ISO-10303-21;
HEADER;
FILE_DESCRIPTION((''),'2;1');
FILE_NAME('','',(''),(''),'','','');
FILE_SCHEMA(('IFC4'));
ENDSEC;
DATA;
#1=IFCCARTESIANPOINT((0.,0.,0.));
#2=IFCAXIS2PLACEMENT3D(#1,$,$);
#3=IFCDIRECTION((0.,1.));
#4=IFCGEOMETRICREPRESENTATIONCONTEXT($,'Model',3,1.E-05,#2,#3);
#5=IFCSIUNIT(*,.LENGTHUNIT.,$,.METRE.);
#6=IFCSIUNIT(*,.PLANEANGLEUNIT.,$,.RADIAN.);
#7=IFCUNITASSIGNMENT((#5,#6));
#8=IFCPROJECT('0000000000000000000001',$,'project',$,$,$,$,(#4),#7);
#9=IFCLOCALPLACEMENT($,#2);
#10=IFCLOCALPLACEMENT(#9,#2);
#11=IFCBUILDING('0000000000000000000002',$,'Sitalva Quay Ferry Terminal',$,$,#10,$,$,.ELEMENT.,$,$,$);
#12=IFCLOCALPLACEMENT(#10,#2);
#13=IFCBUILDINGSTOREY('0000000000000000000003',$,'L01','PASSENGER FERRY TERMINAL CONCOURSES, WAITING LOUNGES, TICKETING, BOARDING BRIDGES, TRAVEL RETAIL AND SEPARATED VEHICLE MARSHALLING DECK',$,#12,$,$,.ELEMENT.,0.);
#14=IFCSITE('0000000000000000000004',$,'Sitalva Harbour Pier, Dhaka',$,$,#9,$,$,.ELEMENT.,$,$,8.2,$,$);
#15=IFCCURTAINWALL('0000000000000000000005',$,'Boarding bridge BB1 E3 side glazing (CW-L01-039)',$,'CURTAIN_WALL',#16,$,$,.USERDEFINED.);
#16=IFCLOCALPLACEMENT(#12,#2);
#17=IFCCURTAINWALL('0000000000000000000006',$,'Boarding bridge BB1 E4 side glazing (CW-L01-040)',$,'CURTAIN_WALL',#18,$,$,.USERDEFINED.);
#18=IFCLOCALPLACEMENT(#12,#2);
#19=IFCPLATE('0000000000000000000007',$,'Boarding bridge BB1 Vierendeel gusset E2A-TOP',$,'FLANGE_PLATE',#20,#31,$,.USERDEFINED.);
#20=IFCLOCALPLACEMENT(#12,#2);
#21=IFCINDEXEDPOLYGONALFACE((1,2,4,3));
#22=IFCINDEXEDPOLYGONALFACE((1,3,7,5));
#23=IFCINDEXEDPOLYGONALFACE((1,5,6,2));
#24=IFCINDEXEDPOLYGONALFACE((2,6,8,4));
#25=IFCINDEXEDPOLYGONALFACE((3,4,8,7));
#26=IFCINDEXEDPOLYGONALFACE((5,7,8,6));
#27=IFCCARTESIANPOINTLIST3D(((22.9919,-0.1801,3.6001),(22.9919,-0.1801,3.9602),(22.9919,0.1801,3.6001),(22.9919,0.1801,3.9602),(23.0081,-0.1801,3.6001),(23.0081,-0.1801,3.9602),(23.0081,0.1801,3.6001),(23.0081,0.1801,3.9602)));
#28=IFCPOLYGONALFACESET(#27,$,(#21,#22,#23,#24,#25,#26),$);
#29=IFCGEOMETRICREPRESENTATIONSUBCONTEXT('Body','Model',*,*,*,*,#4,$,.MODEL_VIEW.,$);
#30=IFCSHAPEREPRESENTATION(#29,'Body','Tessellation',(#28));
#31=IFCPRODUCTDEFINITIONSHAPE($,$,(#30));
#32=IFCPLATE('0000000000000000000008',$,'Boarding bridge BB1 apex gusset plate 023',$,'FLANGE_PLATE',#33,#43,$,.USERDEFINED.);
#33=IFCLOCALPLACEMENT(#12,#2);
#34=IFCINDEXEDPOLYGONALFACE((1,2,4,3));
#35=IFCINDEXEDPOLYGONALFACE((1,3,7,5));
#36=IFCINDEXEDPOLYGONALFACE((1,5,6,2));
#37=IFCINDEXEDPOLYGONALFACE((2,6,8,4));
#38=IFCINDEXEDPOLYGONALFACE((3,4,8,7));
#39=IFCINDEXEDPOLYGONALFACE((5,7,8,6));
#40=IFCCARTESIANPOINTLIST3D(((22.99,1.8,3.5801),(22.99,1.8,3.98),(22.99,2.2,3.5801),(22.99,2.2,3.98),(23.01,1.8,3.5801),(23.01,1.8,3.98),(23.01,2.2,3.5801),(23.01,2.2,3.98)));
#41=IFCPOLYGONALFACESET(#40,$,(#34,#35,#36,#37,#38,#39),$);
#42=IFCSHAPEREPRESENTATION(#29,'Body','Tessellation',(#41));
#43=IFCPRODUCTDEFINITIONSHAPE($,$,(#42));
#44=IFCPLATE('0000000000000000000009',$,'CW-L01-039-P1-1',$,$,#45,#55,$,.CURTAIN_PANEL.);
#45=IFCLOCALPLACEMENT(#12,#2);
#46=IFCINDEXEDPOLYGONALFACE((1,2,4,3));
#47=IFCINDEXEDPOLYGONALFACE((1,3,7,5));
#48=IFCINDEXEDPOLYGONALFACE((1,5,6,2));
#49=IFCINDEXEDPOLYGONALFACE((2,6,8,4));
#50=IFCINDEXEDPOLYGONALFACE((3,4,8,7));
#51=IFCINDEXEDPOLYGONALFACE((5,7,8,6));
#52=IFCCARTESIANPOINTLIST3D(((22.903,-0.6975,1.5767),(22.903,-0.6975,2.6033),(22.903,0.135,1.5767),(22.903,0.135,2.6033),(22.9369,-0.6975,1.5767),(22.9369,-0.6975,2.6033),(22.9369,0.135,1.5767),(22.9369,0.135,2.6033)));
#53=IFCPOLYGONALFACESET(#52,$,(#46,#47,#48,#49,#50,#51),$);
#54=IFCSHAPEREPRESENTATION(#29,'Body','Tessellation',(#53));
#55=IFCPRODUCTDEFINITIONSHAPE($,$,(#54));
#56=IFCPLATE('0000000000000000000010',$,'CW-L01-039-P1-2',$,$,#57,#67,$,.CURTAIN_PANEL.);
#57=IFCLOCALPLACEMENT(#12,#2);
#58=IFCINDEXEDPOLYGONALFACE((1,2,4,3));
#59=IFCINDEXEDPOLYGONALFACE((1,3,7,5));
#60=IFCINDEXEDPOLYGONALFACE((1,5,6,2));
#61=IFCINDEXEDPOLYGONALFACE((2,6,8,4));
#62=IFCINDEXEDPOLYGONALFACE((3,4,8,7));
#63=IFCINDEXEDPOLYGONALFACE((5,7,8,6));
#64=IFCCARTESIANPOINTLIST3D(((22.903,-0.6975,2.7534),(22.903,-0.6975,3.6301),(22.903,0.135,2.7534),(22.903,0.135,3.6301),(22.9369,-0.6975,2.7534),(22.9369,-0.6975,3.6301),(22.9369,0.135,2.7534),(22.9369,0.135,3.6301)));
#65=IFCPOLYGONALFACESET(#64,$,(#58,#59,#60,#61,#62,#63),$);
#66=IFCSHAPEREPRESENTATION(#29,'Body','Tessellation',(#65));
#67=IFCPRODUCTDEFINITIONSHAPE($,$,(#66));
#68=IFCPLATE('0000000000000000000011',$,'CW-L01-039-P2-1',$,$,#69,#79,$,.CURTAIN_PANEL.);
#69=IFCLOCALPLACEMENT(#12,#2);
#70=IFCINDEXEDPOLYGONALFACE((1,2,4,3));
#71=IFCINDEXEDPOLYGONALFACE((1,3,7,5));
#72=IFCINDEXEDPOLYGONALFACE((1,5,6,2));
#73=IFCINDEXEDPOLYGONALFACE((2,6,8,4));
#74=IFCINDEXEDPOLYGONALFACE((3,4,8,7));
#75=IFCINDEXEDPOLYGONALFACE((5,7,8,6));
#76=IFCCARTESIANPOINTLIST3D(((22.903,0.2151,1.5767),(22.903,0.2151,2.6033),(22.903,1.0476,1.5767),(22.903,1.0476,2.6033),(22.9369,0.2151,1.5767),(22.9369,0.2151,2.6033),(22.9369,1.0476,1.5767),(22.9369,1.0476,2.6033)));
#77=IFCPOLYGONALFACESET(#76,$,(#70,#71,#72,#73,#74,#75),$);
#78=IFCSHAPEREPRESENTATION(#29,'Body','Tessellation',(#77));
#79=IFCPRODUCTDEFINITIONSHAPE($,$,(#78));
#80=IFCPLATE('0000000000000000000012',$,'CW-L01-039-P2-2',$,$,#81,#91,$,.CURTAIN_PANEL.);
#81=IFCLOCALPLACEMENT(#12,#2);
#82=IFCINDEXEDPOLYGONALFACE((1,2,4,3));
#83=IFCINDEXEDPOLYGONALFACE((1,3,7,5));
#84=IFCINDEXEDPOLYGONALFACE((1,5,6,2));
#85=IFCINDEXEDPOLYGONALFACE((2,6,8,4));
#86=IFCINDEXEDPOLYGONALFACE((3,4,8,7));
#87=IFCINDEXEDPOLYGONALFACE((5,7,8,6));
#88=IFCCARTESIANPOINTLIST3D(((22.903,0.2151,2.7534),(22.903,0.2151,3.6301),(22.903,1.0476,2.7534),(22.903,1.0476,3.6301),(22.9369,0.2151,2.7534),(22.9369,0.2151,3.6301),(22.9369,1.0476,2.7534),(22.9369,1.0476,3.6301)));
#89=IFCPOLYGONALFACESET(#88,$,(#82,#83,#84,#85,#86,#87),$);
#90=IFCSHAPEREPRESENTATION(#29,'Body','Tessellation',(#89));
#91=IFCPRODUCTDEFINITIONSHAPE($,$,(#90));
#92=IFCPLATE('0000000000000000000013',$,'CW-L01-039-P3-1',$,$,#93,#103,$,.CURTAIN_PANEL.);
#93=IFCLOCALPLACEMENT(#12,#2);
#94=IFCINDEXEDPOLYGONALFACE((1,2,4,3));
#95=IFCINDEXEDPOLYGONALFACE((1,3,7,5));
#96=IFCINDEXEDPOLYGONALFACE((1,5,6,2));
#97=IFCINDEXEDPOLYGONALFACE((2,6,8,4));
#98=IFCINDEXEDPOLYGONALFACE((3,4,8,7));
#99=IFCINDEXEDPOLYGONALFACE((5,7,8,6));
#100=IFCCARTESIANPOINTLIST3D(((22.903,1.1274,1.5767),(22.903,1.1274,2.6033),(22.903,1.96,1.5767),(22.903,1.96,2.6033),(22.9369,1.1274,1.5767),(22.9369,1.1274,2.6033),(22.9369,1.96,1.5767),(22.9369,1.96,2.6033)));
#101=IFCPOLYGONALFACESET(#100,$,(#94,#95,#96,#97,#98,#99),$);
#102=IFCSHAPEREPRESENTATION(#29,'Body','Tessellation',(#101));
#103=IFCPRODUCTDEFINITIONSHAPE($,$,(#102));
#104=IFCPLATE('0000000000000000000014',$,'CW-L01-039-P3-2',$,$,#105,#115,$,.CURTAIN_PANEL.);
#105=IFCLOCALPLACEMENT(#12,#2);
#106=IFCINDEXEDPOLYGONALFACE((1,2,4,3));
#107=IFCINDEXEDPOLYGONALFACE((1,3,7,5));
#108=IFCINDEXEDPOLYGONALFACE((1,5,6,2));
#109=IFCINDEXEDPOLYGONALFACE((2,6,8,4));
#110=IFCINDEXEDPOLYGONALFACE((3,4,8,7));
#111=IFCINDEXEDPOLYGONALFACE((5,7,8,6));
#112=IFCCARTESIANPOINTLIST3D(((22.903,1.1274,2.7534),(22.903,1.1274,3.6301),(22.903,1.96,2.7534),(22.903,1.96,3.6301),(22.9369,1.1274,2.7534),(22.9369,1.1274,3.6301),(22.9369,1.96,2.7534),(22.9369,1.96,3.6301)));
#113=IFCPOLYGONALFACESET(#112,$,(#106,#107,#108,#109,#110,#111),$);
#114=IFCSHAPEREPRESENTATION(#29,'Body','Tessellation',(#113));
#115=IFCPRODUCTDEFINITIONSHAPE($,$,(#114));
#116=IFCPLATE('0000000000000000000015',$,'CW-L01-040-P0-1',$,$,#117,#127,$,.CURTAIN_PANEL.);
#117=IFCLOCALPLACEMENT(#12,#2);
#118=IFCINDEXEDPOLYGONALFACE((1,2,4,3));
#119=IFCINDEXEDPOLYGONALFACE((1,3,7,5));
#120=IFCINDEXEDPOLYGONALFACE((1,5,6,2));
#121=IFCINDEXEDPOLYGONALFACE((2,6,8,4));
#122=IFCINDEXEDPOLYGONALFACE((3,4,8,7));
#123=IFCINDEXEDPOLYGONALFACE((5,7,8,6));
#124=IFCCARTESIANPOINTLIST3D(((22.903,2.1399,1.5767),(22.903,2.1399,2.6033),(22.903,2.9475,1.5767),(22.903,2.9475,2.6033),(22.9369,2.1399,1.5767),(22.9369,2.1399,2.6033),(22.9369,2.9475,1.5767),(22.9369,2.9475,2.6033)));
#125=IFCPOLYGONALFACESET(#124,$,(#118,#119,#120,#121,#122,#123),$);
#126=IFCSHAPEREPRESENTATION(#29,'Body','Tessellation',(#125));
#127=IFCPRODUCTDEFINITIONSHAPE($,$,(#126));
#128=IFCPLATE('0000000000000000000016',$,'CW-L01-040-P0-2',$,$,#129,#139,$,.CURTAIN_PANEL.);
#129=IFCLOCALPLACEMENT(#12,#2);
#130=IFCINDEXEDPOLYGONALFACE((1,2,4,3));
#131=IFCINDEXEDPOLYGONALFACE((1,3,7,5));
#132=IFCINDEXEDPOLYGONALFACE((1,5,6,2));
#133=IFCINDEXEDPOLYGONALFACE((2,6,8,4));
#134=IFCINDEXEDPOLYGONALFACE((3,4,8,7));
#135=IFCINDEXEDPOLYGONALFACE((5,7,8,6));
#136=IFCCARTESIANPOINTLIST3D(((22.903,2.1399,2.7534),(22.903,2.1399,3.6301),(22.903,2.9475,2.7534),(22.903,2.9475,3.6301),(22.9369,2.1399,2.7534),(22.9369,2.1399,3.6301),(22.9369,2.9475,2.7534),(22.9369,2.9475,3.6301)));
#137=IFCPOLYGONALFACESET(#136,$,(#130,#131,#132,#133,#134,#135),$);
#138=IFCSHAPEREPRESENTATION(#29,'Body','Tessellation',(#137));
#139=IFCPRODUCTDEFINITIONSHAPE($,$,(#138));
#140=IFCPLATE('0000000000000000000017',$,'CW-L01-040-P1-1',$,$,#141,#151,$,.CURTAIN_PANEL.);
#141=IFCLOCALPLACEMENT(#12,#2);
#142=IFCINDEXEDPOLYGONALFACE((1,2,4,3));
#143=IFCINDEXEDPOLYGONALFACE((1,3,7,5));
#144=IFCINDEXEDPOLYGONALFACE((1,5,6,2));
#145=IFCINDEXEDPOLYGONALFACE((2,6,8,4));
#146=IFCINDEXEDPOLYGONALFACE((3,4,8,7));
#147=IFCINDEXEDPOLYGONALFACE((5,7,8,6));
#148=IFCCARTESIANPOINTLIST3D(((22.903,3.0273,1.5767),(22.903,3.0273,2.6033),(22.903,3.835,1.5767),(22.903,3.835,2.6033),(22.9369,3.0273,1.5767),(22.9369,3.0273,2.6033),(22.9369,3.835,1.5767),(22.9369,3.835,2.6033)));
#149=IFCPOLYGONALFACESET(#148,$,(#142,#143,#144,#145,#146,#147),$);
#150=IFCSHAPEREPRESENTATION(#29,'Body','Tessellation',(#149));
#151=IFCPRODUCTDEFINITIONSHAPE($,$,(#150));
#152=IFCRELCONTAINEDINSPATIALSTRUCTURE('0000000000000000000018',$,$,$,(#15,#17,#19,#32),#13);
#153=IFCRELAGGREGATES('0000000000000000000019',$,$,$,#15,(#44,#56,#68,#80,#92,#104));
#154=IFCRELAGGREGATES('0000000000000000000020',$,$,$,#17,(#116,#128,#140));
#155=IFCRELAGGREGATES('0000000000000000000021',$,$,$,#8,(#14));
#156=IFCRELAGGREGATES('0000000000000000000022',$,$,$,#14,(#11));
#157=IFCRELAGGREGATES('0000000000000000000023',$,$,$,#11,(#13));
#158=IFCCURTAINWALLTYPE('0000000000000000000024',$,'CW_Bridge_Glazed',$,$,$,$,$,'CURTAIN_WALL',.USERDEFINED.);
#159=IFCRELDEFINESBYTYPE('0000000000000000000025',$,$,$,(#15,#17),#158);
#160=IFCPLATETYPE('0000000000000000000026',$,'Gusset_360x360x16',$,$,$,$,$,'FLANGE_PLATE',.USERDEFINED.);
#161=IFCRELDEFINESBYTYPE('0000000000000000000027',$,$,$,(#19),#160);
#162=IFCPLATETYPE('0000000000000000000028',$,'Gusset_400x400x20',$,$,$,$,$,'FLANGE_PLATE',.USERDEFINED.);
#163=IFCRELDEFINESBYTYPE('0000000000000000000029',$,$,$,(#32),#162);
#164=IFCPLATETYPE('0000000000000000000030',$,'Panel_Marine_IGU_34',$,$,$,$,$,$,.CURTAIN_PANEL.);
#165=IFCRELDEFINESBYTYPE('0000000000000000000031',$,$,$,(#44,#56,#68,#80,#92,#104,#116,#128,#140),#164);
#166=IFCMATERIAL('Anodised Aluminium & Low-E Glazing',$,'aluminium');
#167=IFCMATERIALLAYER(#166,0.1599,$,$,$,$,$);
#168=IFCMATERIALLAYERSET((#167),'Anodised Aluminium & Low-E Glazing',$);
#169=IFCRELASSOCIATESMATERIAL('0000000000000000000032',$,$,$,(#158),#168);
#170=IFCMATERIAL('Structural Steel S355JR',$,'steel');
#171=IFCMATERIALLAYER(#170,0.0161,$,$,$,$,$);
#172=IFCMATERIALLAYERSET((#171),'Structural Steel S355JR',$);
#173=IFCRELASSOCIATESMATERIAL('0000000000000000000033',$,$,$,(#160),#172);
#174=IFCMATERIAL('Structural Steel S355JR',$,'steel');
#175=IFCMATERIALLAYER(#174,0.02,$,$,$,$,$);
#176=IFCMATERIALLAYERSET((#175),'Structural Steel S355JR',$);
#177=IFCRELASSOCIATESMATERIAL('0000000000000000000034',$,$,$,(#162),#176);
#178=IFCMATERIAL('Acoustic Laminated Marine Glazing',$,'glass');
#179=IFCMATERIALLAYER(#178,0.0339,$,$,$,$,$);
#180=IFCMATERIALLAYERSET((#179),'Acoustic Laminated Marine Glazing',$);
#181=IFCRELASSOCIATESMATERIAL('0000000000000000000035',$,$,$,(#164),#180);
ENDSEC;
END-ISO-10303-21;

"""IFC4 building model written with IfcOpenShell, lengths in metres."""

from ifc_helpers import new_model, si_unit, direction, frame, origin, origin_2d, place, context, subcontext, project, spatial, rectangle, extrude, material, layer, layer_set, type_object, element, aggregate, save


model = new_model("IFC4")

# Units and contexts
model_context = context("Model", 3, precision=1e-05, world=origin(), true_north=direction((0.0, 1.0)))
body_context = subcontext(model_context, "Body", "Model", "MODEL_VIEW")
ifc_project = project(units=[si_unit("LENGTHUNIT", "METRE"), si_unit("PLANEANGLEUNIT", "RADIAN")], contexts=[model_context])

# Site, building, storey
site_placement = place(None, origin())
site = spatial("IfcSite", under=ifc_project, at=site_placement, Name="Sitalva Harbour Pier, Dhaka", CompositionType="ELEMENT", RefElevation=8.2)
building_placement = place(site_placement, origin())
building = spatial("IfcBuilding", under=site, at=building_placement, Name="Sitalva Quay Ferry Terminal", CompositionType="ELEMENT")
storey_placement = place(building_placement, origin())
storey = spatial("IfcBuildingStorey", under=building, at=storey_placement, Name="L01", Description="PASSENGER FERRY TERMINAL CONCOURSES, WAITING LOUNGES, TICKETING, BOARDING BRIDGES, TRAVEL RETAIL AND SEPARATED VEHICLE MARSHALLING DECK", CompositionType="ELEMENT", Elevation=0.0)

# Curtain walls
ifc_material_1 = material(Name="Anodised Aluminium & Low-E Glazing", Category="aluminium")
ifc_layer_1 = layer(ifc_material_1, 0.1599)
ifc_layer_set_1 = layer_set([ifc_layer_1], Name="Anodised Aluminium & Low-E Glazing")
curtain_wall_type = type_object("IfcCurtainWallType", Name="CW_Bridge_Glazed", ElementType="CURTAIN_WALL", PredefinedType="USERDEFINED", material=ifc_layer_set_1)
curtain_wall_1_placement = place(storey_placement, origin())
curtain_wall_1 = element("IfcCurtainWall", 1, at=curtain_wall_1_placement, inside=storey, type_object=curtain_wall_type, Name="Boarding bridge BB1 E3 side glazing (CW-L01-039)", ObjectType="CURTAIN_WALL", PredefinedType="USERDEFINED")
curtain_wall_2_placement = place(storey_placement, origin())
curtain_wall_2 = element("IfcCurtainWall", 2, at=curtain_wall_2_placement, inside=storey, type_object=curtain_wall_type, Name="Boarding bridge BB1 E4 side glazing (CW-L01-040)", ObjectType="CURTAIN_WALL", PredefinedType="USERDEFINED")

# Plates
ifc_material_2 = material(Name="Structural Steel S355JR", Category="steel")
ifc_layer_2 = layer(ifc_material_2, 0.0161)
ifc_layer_set_2 = layer_set([ifc_layer_2], Name="Structural Steel S355JR")
plate_type_1 = type_object("IfcPlateType", Name="Gusset_360x360x16", ElementType="FLANGE_PLATE", PredefinedType="USERDEFINED", material=ifc_layer_set_2)
plate_1_placement = place(storey_placement, frame((23.0, 0.0, 3.6001), z_axis=(0.0, 0.0, 1.0), x_axis=(1.0, 0.0, 0.0)))
element("IfcPlate", 3, at=plate_1_placement, inside=storey, type_object=plate_type_1, Name="Boarding bridge BB1 Vierendeel gusset E2A-TOP", ObjectType="FLANGE_PLATE", PredefinedType="USERDEFINED", context=body_context, shape_type="SweptSolid", body=[
    extrude(rectangle(XDim=0.0161, YDim=0.3601, at=origin_2d()), origin(), (0.0, 0.0, 1.0), 0.3601),
])
ifc_material_3 = material(Name="Structural Steel S355JR", Category="steel")
ifc_layer_3 = layer(ifc_material_3, 0.02)
ifc_layer_set_3 = layer_set([ifc_layer_3], Name="Structural Steel S355JR")
plate_type_2 = type_object("IfcPlateType", Name="Gusset_400x400x20", ElementType="FLANGE_PLATE", PredefinedType="USERDEFINED", material=ifc_layer_set_3)
plate_2_placement = place(storey_placement, frame((23.0, 2.0, 3.5801), z_axis=(0.0, 0.0, 1.0), x_axis=(1.0, 0.0, 0.0)))
element("IfcPlate", 4, at=plate_2_placement, inside=storey, type_object=plate_type_2, Name="Boarding bridge BB1 apex gusset plate 023", ObjectType="FLANGE_PLATE", PredefinedType="USERDEFINED", context=body_context, shape_type="SweptSolid", body=[
    extrude(rectangle(XDim=0.02, YDim=0.3999, at=origin_2d()), origin(), (0.0, 0.0, 1.0), 0.3999),
])

# Plates
ifc_material_4 = material(Name="Acoustic Laminated Marine Glazing", Category="glass")
ifc_layer_4 = layer(ifc_material_4, 0.0339)
ifc_layer_set_4 = layer_set([ifc_layer_4], Name="Acoustic Laminated Marine Glazing")
plate_type_3 = type_object("IfcPlateType", Name="Panel_Marine_IGU_34", PredefinedType="CURTAIN_PANEL", material=ifc_layer_set_4)
plate_3_placement = place(storey_placement, frame((22.9199, -0.2812, 1.5767), z_axis=(0.0, 0.0, 1.0), x_axis=(0.0, 1.0, 0.0)))
plate_3 = element("IfcPlate", 5, at=plate_3_placement, type_object=plate_type_3, Name="CW-L01-039-P1-1", PredefinedType="CURTAIN_PANEL", context=body_context, shape_type="SweptSolid", body=[
    extrude(rectangle(XDim=0.8325, YDim=0.0339, at=origin_2d()), origin(), (0.0, 0.0, 1.0), 1.0266),
])
plate_4_placement = place(storey_placement, frame((22.9199, -0.2812, 2.7534), z_axis=(0.0, 0.0, 1.0), x_axis=(0.0, 1.0, 0.0)))
plate_4 = element("IfcPlate", 6, at=plate_4_placement, type_object=plate_type_3, Name="CW-L01-039-P1-2", PredefinedType="CURTAIN_PANEL", context=body_context, shape_type="SweptSolid", body=[
    extrude(rectangle(XDim=0.8325, YDim=0.0339, at=origin_2d()), origin(), (0.0, 0.0, 1.0), 0.8767),
])
plate_5_placement = place(storey_placement, frame((22.9199, 0.6313, 1.5767), z_axis=(0.0, 0.0, 1.0), x_axis=(0.0, 1.0, 0.0)))
plate_5 = element("IfcPlate", 7, at=plate_5_placement, type_object=plate_type_3, Name="CW-L01-039-P2-1", PredefinedType="CURTAIN_PANEL", context=body_context, shape_type="SweptSolid", body=[
    extrude(rectangle(XDim=0.8325, YDim=0.0339, at=origin_2d()), origin(), (0.0, 0.0, 1.0), 1.0266),
])
plate_6_placement = place(storey_placement, frame((22.9199, 0.6313, 2.7534), z_axis=(0.0, 0.0, 1.0), x_axis=(0.0, 1.0, 0.0)))
plate_6 = element("IfcPlate", 8, at=plate_6_placement, type_object=plate_type_3, Name="CW-L01-039-P2-2", PredefinedType="CURTAIN_PANEL", context=body_context, shape_type="SweptSolid", body=[
    extrude(rectangle(XDim=0.8325, YDim=0.0339, at=origin_2d()), origin(), (0.0, 0.0, 1.0), 0.8767),
])
plate_7_placement = place(storey_placement, frame((22.9199, 1.5437, 1.5767), z_axis=(0.0, 0.0, 1.0), x_axis=(0.0, 1.0, 0.0)))
plate_7 = element("IfcPlate", 9, at=plate_7_placement, type_object=plate_type_3, Name="CW-L01-039-P3-1", PredefinedType="CURTAIN_PANEL", context=body_context, shape_type="SweptSolid", body=[
    extrude(rectangle(XDim=0.8325, YDim=0.0339, at=origin_2d()), origin(), (0.0, 0.0, 1.0), 1.0266),
])
plate_8_placement = place(storey_placement, frame((22.9199, 1.5437, 2.7534), z_axis=(0.0, 0.0, 1.0), x_axis=(0.0, 1.0, 0.0)))
plate_8 = element("IfcPlate", 10, at=plate_8_placement, type_object=plate_type_3, Name="CW-L01-039-P3-2", PredefinedType="CURTAIN_PANEL", context=body_context, shape_type="SweptSolid", body=[
    extrude(rectangle(XDim=0.8325, YDim=0.0339, at=origin_2d()), origin(), (0.0, 0.0, 1.0), 0.8767),
])
aggregate(curtain_wall_1, [plate_3, plate_4, plate_5, plate_6, plate_7, plate_8])
plate_9_placement = place(storey_placement, frame((22.9199, 2.5437, 1.5767), z_axis=(0.0, 0.0, 1.0), x_axis=(0.0, 1.0, 0.0)))
plate_9 = element("IfcPlate", 11, at=plate_9_placement, type_object=plate_type_3, Name="CW-L01-040-P0-1", PredefinedType="CURTAIN_PANEL", context=body_context, shape_type="SweptSolid", body=[
    extrude(rectangle(XDim=0.8076, YDim=0.0339, at=origin_2d()), origin(), (0.0, 0.0, 1.0), 1.0266),
])
plate_10_placement = place(storey_placement, frame((22.9199, 2.5437, 2.7534), z_axis=(0.0, 0.0, 1.0), x_axis=(0.0, 1.0, 0.0)))
plate_10 = element("IfcPlate", 12, at=plate_10_placement, type_object=plate_type_3, Name="CW-L01-040-P0-2", PredefinedType="CURTAIN_PANEL", context=body_context, shape_type="SweptSolid", body=[
    extrude(rectangle(XDim=0.8076, YDim=0.0339, at=origin_2d()), origin(), (0.0, 0.0, 1.0), 0.8767),
])
plate_11_placement = place(storey_placement, frame((22.9199, 3.4312, 1.5767), z_axis=(0.0, 0.0, 1.0), x_axis=(0.0, 1.0, 0.0)))
plate_11 = element("IfcPlate", 13, at=plate_11_placement, type_object=plate_type_3, Name="CW-L01-040-P1-1", PredefinedType="CURTAIN_PANEL", context=body_context, shape_type="SweptSolid", body=[
    extrude(rectangle(XDim=0.8076, YDim=0.0339, at=origin_2d()), origin(), (0.0, 0.0, 1.0), 1.0266),
])
aggregate(curtain_wall_2, [plate_9, plate_10, plate_11])

save(model, "model.ifc")
